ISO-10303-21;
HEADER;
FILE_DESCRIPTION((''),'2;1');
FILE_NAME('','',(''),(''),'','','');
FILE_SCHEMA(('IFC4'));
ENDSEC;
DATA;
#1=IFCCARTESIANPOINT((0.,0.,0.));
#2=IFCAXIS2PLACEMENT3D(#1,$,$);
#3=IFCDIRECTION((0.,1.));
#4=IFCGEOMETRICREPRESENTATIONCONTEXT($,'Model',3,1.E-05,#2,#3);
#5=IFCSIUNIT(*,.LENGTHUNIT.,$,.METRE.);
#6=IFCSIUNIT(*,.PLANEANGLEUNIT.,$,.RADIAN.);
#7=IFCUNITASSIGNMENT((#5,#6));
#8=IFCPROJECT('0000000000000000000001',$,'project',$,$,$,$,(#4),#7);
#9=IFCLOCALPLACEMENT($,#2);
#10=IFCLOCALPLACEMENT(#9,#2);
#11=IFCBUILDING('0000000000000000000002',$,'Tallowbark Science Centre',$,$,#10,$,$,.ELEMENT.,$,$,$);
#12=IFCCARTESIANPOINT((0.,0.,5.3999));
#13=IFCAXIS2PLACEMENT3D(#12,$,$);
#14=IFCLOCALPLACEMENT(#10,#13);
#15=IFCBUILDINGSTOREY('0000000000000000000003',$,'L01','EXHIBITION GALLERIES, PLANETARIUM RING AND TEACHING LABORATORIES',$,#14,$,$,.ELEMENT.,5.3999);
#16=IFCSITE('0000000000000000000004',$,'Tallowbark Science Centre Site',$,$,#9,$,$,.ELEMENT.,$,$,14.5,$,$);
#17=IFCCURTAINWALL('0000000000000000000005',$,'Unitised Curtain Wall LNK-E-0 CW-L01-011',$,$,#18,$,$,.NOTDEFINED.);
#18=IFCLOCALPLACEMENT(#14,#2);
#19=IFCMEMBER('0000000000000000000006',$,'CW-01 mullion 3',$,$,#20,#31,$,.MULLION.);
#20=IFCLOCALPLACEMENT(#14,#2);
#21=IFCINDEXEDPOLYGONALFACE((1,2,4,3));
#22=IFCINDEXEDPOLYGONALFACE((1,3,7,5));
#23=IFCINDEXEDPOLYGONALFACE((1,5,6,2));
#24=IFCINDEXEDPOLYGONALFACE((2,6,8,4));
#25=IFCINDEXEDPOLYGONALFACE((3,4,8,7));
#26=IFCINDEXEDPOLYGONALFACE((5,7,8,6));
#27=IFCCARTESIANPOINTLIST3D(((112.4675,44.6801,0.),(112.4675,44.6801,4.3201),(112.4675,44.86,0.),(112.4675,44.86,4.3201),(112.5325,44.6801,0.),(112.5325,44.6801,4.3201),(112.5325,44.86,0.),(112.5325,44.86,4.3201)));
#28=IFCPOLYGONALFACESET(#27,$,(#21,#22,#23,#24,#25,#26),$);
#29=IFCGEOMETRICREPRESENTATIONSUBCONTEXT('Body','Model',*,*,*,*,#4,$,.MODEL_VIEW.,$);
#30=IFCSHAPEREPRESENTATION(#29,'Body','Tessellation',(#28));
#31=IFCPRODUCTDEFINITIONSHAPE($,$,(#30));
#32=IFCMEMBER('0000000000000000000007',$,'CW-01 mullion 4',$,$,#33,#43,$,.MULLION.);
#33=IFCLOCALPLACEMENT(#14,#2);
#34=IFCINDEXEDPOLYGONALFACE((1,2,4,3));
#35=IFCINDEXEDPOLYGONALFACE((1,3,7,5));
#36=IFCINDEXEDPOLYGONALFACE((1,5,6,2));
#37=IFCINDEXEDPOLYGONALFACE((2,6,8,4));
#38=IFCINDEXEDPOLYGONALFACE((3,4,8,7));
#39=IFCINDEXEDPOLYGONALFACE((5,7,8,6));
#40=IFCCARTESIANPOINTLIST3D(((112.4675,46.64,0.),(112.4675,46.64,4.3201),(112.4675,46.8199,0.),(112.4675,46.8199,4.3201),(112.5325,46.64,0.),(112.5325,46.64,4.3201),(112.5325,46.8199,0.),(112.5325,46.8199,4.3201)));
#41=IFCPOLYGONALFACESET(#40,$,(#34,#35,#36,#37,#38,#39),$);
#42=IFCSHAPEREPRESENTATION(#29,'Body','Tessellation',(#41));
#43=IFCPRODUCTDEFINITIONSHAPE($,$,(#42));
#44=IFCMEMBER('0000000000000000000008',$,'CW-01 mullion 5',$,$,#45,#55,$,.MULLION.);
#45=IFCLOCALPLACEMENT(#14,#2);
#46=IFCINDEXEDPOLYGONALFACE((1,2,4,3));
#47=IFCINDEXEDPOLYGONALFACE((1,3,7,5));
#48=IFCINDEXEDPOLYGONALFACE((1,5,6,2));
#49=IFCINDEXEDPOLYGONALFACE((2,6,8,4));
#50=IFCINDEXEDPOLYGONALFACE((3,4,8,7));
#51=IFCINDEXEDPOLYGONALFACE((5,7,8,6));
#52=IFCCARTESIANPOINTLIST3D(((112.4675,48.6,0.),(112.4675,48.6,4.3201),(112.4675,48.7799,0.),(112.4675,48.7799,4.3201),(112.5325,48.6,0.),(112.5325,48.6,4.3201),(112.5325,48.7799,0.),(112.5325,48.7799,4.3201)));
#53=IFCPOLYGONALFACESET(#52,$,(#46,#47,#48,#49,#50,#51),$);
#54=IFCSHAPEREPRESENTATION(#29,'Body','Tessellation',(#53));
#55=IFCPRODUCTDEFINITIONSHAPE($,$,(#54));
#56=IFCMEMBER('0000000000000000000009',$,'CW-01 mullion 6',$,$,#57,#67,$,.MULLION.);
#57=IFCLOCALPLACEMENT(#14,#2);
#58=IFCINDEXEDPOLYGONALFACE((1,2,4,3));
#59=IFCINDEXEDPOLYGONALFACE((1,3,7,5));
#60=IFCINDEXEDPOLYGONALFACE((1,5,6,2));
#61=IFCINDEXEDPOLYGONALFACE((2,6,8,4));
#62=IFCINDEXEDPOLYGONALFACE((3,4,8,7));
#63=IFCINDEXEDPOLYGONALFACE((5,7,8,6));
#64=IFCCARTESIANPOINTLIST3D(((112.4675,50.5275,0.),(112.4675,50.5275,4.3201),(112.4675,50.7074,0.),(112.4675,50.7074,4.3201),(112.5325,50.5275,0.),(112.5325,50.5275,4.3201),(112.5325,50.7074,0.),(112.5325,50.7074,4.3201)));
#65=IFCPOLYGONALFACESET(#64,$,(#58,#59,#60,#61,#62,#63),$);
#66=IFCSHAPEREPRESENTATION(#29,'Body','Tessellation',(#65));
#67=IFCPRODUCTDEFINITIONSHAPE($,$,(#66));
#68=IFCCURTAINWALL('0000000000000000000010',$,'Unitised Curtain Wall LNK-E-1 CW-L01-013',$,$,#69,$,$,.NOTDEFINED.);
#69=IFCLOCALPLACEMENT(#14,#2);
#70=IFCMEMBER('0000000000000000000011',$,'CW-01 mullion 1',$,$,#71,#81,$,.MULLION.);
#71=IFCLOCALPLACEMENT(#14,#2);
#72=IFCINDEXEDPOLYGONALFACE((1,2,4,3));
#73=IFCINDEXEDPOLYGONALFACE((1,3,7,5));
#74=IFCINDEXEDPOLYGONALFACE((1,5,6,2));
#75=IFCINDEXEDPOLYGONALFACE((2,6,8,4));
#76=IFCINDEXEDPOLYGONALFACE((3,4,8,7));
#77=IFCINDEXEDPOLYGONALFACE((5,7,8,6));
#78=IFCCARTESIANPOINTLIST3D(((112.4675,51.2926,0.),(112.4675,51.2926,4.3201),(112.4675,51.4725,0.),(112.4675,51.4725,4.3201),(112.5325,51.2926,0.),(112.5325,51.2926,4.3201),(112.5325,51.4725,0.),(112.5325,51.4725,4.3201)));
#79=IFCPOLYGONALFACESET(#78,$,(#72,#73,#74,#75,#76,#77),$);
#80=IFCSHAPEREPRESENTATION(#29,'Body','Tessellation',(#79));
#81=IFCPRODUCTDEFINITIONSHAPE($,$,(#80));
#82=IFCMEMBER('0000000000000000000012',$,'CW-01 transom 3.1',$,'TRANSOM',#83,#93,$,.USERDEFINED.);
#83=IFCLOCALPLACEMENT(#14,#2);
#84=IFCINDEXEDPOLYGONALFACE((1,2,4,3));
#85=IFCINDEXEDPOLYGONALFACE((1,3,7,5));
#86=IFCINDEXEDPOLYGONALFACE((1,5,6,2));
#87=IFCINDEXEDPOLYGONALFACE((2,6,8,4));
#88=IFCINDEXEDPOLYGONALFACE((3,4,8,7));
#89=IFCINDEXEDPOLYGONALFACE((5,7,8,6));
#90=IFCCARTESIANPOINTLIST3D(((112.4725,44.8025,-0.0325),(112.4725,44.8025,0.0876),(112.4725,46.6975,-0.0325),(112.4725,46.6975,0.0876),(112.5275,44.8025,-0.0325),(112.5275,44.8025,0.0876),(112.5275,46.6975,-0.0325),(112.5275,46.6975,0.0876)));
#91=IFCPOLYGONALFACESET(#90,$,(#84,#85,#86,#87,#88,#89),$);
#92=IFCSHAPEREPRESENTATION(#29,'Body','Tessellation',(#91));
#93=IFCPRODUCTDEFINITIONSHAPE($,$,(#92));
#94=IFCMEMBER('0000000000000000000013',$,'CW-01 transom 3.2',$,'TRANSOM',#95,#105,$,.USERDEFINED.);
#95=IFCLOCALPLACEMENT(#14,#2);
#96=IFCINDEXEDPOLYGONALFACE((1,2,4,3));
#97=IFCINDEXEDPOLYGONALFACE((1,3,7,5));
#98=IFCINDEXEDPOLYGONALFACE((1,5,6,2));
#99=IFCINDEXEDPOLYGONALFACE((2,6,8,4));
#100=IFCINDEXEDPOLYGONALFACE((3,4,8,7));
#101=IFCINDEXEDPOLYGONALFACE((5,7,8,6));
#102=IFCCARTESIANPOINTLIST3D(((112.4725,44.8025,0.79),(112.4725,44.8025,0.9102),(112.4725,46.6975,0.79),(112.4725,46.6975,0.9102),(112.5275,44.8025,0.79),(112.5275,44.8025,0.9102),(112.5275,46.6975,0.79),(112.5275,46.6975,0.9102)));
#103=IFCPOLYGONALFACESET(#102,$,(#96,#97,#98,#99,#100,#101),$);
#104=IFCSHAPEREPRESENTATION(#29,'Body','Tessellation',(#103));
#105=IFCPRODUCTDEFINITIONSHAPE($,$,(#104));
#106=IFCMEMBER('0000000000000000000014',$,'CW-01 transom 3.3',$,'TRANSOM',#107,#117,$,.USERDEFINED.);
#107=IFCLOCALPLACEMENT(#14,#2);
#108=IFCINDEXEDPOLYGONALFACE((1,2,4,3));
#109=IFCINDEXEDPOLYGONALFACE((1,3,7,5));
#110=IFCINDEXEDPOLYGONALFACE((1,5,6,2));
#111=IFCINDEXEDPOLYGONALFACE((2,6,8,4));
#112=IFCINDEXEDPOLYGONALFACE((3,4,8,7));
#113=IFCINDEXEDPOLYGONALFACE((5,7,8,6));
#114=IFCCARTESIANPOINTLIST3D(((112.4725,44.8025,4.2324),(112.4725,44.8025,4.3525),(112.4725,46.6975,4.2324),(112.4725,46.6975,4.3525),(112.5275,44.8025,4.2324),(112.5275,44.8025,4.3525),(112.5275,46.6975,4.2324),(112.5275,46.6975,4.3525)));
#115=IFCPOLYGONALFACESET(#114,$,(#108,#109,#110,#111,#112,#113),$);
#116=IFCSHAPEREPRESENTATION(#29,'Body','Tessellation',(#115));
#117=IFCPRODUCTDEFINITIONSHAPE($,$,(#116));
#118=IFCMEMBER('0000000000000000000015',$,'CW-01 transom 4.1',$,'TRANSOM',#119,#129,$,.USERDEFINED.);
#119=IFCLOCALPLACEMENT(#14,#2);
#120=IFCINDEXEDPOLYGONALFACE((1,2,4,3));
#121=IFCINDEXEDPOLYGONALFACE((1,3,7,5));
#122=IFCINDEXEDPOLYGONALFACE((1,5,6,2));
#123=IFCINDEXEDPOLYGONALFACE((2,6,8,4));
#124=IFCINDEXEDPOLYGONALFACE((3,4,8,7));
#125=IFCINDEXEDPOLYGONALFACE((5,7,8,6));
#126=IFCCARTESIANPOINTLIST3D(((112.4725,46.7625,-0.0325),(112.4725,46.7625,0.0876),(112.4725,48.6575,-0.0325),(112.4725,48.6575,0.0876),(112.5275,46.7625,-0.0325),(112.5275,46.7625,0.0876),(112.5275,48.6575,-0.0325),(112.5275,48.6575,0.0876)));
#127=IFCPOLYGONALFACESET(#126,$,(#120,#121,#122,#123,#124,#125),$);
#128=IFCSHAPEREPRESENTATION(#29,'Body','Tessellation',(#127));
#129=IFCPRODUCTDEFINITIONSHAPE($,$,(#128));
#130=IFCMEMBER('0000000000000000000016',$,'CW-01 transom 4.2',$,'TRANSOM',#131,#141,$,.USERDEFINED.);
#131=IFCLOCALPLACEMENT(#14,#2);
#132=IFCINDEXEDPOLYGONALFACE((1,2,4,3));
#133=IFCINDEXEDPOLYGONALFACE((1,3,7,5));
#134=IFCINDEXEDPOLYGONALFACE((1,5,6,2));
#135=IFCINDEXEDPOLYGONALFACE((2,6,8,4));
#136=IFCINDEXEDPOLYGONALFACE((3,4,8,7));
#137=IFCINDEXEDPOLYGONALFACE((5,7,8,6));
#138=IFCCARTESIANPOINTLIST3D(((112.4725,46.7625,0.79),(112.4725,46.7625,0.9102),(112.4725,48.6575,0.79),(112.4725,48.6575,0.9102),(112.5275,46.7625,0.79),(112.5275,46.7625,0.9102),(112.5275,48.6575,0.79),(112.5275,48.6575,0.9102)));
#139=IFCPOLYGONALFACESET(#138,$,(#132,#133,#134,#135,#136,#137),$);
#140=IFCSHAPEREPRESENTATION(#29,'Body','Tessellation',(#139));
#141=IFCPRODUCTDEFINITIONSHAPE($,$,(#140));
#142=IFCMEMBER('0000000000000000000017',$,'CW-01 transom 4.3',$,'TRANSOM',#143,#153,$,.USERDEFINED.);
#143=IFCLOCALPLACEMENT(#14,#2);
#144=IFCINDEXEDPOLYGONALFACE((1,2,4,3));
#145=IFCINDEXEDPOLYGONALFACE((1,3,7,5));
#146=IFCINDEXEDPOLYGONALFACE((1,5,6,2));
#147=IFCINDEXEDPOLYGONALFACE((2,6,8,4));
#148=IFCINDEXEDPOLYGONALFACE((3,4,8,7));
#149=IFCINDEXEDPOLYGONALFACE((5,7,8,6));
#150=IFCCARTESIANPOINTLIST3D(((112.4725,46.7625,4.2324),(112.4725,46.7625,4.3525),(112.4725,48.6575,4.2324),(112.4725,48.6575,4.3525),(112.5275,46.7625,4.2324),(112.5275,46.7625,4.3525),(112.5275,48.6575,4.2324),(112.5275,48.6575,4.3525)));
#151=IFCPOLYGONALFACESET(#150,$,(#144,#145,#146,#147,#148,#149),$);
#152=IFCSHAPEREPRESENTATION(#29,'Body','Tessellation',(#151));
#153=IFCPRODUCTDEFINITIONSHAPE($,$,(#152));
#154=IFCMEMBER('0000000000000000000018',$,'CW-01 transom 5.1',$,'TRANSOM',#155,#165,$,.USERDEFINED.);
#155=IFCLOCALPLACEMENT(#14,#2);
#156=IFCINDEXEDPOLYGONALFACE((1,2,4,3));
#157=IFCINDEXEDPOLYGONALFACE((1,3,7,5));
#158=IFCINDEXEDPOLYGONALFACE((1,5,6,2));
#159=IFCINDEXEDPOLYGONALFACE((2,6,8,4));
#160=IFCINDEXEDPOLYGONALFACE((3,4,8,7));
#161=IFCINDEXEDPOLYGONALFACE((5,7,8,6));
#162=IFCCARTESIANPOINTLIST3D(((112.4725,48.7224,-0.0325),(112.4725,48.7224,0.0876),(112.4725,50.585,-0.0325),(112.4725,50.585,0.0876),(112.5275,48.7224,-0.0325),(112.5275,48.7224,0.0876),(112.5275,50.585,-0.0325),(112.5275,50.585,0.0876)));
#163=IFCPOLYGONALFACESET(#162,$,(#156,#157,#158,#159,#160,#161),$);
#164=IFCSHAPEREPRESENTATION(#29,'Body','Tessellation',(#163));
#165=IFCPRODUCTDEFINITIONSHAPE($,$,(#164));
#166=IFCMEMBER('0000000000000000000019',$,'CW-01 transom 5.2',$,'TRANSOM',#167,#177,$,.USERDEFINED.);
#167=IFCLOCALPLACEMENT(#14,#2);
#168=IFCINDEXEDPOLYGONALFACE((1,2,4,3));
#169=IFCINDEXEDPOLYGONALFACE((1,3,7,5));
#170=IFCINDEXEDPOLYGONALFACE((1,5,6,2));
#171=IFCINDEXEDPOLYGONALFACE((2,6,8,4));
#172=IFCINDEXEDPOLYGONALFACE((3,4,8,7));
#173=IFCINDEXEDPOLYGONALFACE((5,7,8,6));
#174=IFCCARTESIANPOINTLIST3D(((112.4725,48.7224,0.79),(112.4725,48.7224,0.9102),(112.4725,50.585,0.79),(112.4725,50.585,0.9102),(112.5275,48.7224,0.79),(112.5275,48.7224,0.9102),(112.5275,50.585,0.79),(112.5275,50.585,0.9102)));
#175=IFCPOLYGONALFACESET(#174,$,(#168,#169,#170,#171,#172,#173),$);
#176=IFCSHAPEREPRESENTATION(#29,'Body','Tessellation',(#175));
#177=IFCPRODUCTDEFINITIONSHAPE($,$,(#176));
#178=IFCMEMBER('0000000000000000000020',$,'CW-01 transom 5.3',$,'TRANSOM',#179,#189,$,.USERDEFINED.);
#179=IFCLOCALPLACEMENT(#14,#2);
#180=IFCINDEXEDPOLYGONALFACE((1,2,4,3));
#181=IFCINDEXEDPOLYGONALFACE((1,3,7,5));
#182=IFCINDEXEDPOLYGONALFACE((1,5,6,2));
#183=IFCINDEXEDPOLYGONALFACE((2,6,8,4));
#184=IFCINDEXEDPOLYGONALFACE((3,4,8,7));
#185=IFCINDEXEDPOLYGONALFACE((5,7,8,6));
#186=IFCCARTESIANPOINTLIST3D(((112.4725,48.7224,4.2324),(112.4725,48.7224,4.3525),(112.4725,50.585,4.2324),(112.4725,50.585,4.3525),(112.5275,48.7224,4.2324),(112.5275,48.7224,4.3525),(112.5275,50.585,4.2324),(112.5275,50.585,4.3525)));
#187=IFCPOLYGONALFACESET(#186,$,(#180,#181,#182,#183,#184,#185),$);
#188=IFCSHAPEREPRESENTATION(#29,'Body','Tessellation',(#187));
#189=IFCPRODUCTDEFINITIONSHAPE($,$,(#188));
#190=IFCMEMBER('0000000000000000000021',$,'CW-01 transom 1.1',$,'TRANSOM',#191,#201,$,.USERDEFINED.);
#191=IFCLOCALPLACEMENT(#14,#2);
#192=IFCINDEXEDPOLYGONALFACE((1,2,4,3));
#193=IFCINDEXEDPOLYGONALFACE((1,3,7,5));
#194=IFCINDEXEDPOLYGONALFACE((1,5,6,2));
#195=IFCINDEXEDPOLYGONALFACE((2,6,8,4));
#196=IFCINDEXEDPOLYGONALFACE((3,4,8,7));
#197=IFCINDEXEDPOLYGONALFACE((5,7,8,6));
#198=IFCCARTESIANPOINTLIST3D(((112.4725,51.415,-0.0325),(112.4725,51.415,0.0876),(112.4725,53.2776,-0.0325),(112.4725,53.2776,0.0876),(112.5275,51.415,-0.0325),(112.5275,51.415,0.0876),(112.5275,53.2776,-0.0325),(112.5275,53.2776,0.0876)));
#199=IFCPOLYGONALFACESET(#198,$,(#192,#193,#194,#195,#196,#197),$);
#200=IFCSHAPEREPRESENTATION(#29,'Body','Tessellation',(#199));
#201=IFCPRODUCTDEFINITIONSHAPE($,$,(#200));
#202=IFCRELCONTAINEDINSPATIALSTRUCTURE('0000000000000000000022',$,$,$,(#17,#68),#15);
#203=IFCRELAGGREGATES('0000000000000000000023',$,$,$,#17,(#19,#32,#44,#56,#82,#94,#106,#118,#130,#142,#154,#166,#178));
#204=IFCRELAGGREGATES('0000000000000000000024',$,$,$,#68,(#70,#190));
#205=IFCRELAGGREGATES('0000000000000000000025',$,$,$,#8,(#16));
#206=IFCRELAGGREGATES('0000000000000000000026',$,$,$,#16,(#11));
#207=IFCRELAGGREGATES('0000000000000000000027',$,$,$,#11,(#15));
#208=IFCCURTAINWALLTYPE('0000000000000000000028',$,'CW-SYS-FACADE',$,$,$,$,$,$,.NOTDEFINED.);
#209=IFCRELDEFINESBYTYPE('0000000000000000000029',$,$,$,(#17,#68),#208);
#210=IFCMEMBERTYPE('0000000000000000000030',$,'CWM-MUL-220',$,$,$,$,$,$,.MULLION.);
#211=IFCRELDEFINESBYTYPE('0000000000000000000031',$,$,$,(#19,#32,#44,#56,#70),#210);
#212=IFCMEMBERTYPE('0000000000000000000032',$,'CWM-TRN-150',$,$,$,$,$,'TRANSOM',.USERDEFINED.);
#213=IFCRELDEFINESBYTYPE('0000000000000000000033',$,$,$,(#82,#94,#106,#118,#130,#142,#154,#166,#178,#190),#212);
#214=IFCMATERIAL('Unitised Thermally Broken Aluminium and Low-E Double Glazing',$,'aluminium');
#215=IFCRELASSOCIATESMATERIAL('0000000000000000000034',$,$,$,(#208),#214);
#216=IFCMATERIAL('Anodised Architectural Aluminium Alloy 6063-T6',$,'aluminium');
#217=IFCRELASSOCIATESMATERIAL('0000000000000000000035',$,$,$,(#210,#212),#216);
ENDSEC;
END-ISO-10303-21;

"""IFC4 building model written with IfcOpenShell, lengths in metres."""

from ifc_helpers import new_model, si_unit, direction, frame, origin, origin_2d, place, context, subcontext, project, spatial, rectangle, extrude, material, material_profile, profile_set, type_object, element, aggregate, save


model = new_model("IFC4")

# Units and contexts
model_context = context("Model", 3, precision=1e-05, world=origin(), true_north=direction((0.0, 1.0)))
body_context = subcontext(model_context, "Body", "Model", "MODEL_VIEW")
ifc_project = project(units=[si_unit("LENGTHUNIT", "METRE"), si_unit("PLANEANGLEUNIT", "RADIAN")], contexts=[model_context])

# Site, building, storey
site_placement = place(None, origin())
site = spatial("IfcSite", under=ifc_project, at=site_placement, Name="Tallowbark Science Centre Site", CompositionType="ELEMENT", RefElevation=14.5)
building_placement = place(site_placement, origin())
building = spatial("IfcBuilding", under=site, at=building_placement, Name="Tallowbark Science Centre", CompositionType="ELEMENT")
storey_placement = place(building_placement, frame((0.0, 0.0, 5.3999)))
storey = spatial("IfcBuildingStorey", under=building, at=storey_placement, Name="L01", Description="EXHIBITION GALLERIES, PLANETARIUM RING AND TEACHING LABORATORIES", CompositionType="ELEMENT", Elevation=5.3999)

# Curtain wall, members
ifc_material_1 = material(Name="Unitised Thermally Broken Aluminium and Low-E Double Glazing", Category="aluminium")
curtain_wall_type = type_object("IfcCurtainWallType", Name="CW-SYS-FACADE", PredefinedType="NOTDEFINED", material=ifc_material_1)
curtain_wall_1_placement = place(storey_placement, origin())
curtain_wall_1 = element("IfcCurtainWall", 1, at=curtain_wall_1_placement, inside=storey, type_object=curtain_wall_type, Name="Unitised Curtain Wall LNK-E-0 CW-L01-011", PredefinedType="NOTDEFINED")
ifc_material_2 = material(Name="Anodised Architectural Aluminium Alloy 6063-T6", Category="aluminium")
ifc_material_profile_1 = material_profile(ifc_material_2, rectangle(XDim=0.0649, YDim=0.1799, at=origin_2d()), Name="ALU65x180")
ifc_profile_set_1 = profile_set([ifc_material_profile_1], Name="Anodised Architectural Aluminium Alloy 6063-T6")
member_type_1 = type_object("IfcMemberType", Name="CWM-MUL-220", PredefinedType="MULLION", material=ifc_profile_set_1)
member_1_placement = place(storey_placement, frame((112.5, 44.77, 0.0), z_axis=(0.0, 0.0, 1.0), x_axis=(-1.0, 0.0, 0.0)))
member_1 = element("IfcMember", 2, at=member_1_placement, type_object=member_type_1, Name="CW-01 mullion 3", PredefinedType="MULLION", context=body_context, shape_type="SweptSolid", body=[
    extrude(rectangle(XDim=0.0649, YDim=0.1799, at=origin_2d()), origin(), (0.0, 0.0, 1.0), 4.3201),
])
member_2_placement = place(storey_placement, frame((112.5, 46.73, 0.0), z_axis=(0.0, 0.0, 1.0), x_axis=(-1.0, 0.0, 0.0)))
member_2 = element("IfcMember", 3, at=member_2_placement, type_object=member_type_1, Name="CW-01 mullion 4", PredefinedType="MULLION", context=body_context, shape_type="SweptSolid", body=[
    extrude(rectangle(XDim=0.0649, YDim=0.1799, at=origin_2d()), origin(), (0.0, 0.0, 1.0), 4.3201),
])
member_3_placement = place(storey_placement, frame((112.5, 48.6899, 0.0), z_axis=(0.0, 0.0, 1.0), x_axis=(-1.0, 0.0, 0.0)))
member_3 = element("IfcMember", 4, at=member_3_placement, type_object=member_type_1, Name="CW-01 mullion 5", PredefinedType="MULLION", context=body_context, shape_type="SweptSolid", body=[
    extrude(rectangle(XDim=0.0649, YDim=0.1799, at=origin_2d()), origin(), (0.0, 0.0, 1.0), 4.3201),
])
member_4_placement = place(storey_placement, frame((112.5, 50.6174, 0.0), z_axis=(0.0, 0.0, 1.0), x_axis=(-1.0, 0.0, 0.0)))
member_4 = element("IfcMember", 5, at=member_4_placement, type_object=member_type_1, Name="CW-01 mullion 6", PredefinedType="MULLION", context=body_context, shape_type="SweptSolid", body=[
    extrude(rectangle(XDim=0.0649, YDim=0.1799, at=origin_2d()), origin(), (0.0, 0.0, 1.0), 4.3201),
])

# Curtain wall, member
curtain_wall_2_placement = place(storey_placement, origin())
curtain_wall_2 = element("IfcCurtainWall", 6, at=curtain_wall_2_placement, inside=storey, type_object=curtain_wall_type, Name="Unitised Curtain Wall LNK-E-1 CW-L01-013", PredefinedType="NOTDEFINED")
member_5_placement = place(storey_placement, frame((112.5, 51.3826, 0.0), z_axis=(0.0, 0.0, 1.0), x_axis=(-1.0, 0.0, 0.0)))
member_5 = element("IfcMember", 7, at=member_5_placement, type_object=member_type_1, Name="CW-01 mullion 1", PredefinedType="MULLION", context=body_context, shape_type="SweptSolid", body=[
    extrude(rectangle(XDim=0.0649, YDim=0.1799, at=origin_2d()), origin(), (0.0, 0.0, 1.0), 4.3201),
])

# Members
ifc_material_profile_2 = material_profile(ifc_material_2, rectangle(XDim=0.0549, YDim=0.1201, at=origin_2d()), Name="ALU55x120")
ifc_profile_set_2 = profile_set([ifc_material_profile_2], Name="Anodised Architectural Aluminium Alloy 6063-T6")
member_type_2 = type_object("IfcMemberType", Name="CWM-TRN-150", ElementType="TRANSOM", PredefinedType="USERDEFINED", material=ifc_profile_set_2)
member_6_placement = place(storey_placement, frame((112.5, 44.8025, 0.0276), z_axis=(0.0, 1.0, 0.0), x_axis=(-1.0, 0.0, 0.0)))
member_6 = element("IfcMember", 8, at=member_6_placement, type_object=member_type_2, Name="CW-01 transom 3.1", ObjectType="TRANSOM", PredefinedType="USERDEFINED", context=body_context, shape_type="SweptSolid", body=[
    extrude(rectangle(XDim=0.0549, YDim=0.1201, at=origin_2d()), origin(), (0.0, 0.0, 1.0), 1.895),
])
member_7_placement = place(storey_placement, frame((112.5, 44.8025, 0.8501), z_axis=(0.0, 1.0, 0.0), x_axis=(-1.0, 0.0, 0.0)))
member_7 = element("IfcMember", 9, at=member_7_placement, type_object=member_type_2, Name="CW-01 transom 3.2", ObjectType="TRANSOM", PredefinedType="USERDEFINED", context=body_context, shape_type="SweptSolid", body=[
    extrude(rectangle(XDim=0.0549, YDim=0.1201, at=origin_2d()), origin(), (0.0, 0.0, 1.0), 1.895),
])
member_8_placement = place(storey_placement, frame((112.5, 44.8025, 4.2925), z_axis=(0.0, 1.0, 0.0), x_axis=(-1.0, 0.0, 0.0)))
member_8 = element("IfcMember", 10, at=member_8_placement, type_object=member_type_2, Name="CW-01 transom 3.3", ObjectType="TRANSOM", PredefinedType="USERDEFINED", context=body_context, shape_type="SweptSolid", body=[
    extrude(rectangle(XDim=0.0549, YDim=0.1201, at=origin_2d()), origin(), (0.0, 0.0, 1.0), 1.895),
])
member_9_placement = place(storey_placement, frame((112.5, 46.7625, 0.0276), z_axis=(0.0, 1.0, 0.0), x_axis=(-1.0, 0.0, 0.0)))
member_9 = element("IfcMember", 11, at=member_9_placement, type_object=member_type_2, Name="CW-01 transom 4.1", ObjectType="TRANSOM", PredefinedType="USERDEFINED", context=body_context, shape_type="SweptSolid", body=[
    extrude(rectangle(XDim=0.0549, YDim=0.1201, at=origin_2d()), origin(), (0.0, 0.0, 1.0), 1.895),
])
member_10_placement = place(storey_placement, frame((112.5, 46.7625, 0.8501), z_axis=(0.0, 1.0, 0.0), x_axis=(-1.0, 0.0, 0.0)))
member_10 = element("IfcMember", 12, at=member_10_placement, type_object=member_type_2, Name="CW-01 transom 4.2", ObjectType="TRANSOM", PredefinedType="USERDEFINED", context=body_context, shape_type="SweptSolid", body=[
    extrude(rectangle(XDim=0.0549, YDim=0.1201, at=origin_2d()), origin(), (0.0, 0.0, 1.0), 1.895),
])
member_11_placement = place(storey_placement, frame((112.5, 46.7625, 4.2925), z_axis=(0.0, 1.0, 0.0), x_axis=(-1.0, 0.0, 0.0)))
member_11 = element("IfcMember", 13, at=member_11_placement, type_object=member_type_2, Name="CW-01 transom 4.3", ObjectType="TRANSOM", PredefinedType="USERDEFINED", context=body_context, shape_type="SweptSolid", body=[
    extrude(rectangle(XDim=0.0549, YDim=0.1201, at=origin_2d()), origin(), (0.0, 0.0, 1.0), 1.895),
])
member_12_placement = place(storey_placement, frame((112.5, 48.7224, 0.0276), z_axis=(0.0, 1.0, 0.0), x_axis=(-1.0, 0.0, 0.0)))
member_12 = element("IfcMember", 14, at=member_12_placement, type_object=member_type_2, Name="CW-01 transom 5.1", ObjectType="TRANSOM", PredefinedType="USERDEFINED", context=body_context, shape_type="SweptSolid", body=[
    extrude(rectangle(XDim=0.0549, YDim=0.1201, at=origin_2d()), origin(), (0.0, 0.0, 1.0), 1.8625),
])
member_13_placement = place(storey_placement, frame((112.5, 48.7224, 0.8501), z_axis=(0.0, 1.0, 0.0), x_axis=(-1.0, 0.0, 0.0)))
member_13 = element("IfcMember", 15, at=member_13_placement, type_object=member_type_2, Name="CW-01 transom 5.2", ObjectType="TRANSOM", PredefinedType="USERDEFINED", context=body_context, shape_type="SweptSolid", body=[
    extrude(rectangle(XDim=0.0549, YDim=0.1201, at=origin_2d()), origin(), (0.0, 0.0, 1.0), 1.8625),
])
member_14_placement = place(storey_placement, frame((112.5, 48.7224, 4.2925), z_axis=(0.0, 1.0, 0.0), x_axis=(-1.0, 0.0, 0.0)))
member_14 = element("IfcMember", 16, at=member_14_placement, type_object=member_type_2, Name="CW-01 transom 5.3", ObjectType="TRANSOM", PredefinedType="USERDEFINED", context=body_context, shape_type="SweptSolid", body=[
    extrude(rectangle(XDim=0.0549, YDim=0.1201, at=origin_2d()), origin(), (0.0, 0.0, 1.0), 1.8625),
])
member_15_placement = place(storey_placement, frame((112.5, 51.415, 0.0276), z_axis=(0.0, 1.0, 0.0), x_axis=(-1.0, 0.0, 0.0)))
member_15 = element("IfcMember", 17, at=member_15_placement, type_object=member_type_2, Name="CW-01 transom 1.1", ObjectType="TRANSOM", PredefinedType="USERDEFINED", context=body_context, shape_type="SweptSolid", body=[
    extrude(rectangle(XDim=0.0549, YDim=0.1201, at=origin_2d()), origin(), (0.0, 0.0, 1.0), 1.8625),
])

aggregate(curtain_wall_1, [member_1, member_2, member_3, member_4, member_6, member_7, member_8, member_9, member_10, member_11, member_12, member_13, member_14])
aggregate(curtain_wall_2, [member_5, member_15])

save(model, "model.ifc")
